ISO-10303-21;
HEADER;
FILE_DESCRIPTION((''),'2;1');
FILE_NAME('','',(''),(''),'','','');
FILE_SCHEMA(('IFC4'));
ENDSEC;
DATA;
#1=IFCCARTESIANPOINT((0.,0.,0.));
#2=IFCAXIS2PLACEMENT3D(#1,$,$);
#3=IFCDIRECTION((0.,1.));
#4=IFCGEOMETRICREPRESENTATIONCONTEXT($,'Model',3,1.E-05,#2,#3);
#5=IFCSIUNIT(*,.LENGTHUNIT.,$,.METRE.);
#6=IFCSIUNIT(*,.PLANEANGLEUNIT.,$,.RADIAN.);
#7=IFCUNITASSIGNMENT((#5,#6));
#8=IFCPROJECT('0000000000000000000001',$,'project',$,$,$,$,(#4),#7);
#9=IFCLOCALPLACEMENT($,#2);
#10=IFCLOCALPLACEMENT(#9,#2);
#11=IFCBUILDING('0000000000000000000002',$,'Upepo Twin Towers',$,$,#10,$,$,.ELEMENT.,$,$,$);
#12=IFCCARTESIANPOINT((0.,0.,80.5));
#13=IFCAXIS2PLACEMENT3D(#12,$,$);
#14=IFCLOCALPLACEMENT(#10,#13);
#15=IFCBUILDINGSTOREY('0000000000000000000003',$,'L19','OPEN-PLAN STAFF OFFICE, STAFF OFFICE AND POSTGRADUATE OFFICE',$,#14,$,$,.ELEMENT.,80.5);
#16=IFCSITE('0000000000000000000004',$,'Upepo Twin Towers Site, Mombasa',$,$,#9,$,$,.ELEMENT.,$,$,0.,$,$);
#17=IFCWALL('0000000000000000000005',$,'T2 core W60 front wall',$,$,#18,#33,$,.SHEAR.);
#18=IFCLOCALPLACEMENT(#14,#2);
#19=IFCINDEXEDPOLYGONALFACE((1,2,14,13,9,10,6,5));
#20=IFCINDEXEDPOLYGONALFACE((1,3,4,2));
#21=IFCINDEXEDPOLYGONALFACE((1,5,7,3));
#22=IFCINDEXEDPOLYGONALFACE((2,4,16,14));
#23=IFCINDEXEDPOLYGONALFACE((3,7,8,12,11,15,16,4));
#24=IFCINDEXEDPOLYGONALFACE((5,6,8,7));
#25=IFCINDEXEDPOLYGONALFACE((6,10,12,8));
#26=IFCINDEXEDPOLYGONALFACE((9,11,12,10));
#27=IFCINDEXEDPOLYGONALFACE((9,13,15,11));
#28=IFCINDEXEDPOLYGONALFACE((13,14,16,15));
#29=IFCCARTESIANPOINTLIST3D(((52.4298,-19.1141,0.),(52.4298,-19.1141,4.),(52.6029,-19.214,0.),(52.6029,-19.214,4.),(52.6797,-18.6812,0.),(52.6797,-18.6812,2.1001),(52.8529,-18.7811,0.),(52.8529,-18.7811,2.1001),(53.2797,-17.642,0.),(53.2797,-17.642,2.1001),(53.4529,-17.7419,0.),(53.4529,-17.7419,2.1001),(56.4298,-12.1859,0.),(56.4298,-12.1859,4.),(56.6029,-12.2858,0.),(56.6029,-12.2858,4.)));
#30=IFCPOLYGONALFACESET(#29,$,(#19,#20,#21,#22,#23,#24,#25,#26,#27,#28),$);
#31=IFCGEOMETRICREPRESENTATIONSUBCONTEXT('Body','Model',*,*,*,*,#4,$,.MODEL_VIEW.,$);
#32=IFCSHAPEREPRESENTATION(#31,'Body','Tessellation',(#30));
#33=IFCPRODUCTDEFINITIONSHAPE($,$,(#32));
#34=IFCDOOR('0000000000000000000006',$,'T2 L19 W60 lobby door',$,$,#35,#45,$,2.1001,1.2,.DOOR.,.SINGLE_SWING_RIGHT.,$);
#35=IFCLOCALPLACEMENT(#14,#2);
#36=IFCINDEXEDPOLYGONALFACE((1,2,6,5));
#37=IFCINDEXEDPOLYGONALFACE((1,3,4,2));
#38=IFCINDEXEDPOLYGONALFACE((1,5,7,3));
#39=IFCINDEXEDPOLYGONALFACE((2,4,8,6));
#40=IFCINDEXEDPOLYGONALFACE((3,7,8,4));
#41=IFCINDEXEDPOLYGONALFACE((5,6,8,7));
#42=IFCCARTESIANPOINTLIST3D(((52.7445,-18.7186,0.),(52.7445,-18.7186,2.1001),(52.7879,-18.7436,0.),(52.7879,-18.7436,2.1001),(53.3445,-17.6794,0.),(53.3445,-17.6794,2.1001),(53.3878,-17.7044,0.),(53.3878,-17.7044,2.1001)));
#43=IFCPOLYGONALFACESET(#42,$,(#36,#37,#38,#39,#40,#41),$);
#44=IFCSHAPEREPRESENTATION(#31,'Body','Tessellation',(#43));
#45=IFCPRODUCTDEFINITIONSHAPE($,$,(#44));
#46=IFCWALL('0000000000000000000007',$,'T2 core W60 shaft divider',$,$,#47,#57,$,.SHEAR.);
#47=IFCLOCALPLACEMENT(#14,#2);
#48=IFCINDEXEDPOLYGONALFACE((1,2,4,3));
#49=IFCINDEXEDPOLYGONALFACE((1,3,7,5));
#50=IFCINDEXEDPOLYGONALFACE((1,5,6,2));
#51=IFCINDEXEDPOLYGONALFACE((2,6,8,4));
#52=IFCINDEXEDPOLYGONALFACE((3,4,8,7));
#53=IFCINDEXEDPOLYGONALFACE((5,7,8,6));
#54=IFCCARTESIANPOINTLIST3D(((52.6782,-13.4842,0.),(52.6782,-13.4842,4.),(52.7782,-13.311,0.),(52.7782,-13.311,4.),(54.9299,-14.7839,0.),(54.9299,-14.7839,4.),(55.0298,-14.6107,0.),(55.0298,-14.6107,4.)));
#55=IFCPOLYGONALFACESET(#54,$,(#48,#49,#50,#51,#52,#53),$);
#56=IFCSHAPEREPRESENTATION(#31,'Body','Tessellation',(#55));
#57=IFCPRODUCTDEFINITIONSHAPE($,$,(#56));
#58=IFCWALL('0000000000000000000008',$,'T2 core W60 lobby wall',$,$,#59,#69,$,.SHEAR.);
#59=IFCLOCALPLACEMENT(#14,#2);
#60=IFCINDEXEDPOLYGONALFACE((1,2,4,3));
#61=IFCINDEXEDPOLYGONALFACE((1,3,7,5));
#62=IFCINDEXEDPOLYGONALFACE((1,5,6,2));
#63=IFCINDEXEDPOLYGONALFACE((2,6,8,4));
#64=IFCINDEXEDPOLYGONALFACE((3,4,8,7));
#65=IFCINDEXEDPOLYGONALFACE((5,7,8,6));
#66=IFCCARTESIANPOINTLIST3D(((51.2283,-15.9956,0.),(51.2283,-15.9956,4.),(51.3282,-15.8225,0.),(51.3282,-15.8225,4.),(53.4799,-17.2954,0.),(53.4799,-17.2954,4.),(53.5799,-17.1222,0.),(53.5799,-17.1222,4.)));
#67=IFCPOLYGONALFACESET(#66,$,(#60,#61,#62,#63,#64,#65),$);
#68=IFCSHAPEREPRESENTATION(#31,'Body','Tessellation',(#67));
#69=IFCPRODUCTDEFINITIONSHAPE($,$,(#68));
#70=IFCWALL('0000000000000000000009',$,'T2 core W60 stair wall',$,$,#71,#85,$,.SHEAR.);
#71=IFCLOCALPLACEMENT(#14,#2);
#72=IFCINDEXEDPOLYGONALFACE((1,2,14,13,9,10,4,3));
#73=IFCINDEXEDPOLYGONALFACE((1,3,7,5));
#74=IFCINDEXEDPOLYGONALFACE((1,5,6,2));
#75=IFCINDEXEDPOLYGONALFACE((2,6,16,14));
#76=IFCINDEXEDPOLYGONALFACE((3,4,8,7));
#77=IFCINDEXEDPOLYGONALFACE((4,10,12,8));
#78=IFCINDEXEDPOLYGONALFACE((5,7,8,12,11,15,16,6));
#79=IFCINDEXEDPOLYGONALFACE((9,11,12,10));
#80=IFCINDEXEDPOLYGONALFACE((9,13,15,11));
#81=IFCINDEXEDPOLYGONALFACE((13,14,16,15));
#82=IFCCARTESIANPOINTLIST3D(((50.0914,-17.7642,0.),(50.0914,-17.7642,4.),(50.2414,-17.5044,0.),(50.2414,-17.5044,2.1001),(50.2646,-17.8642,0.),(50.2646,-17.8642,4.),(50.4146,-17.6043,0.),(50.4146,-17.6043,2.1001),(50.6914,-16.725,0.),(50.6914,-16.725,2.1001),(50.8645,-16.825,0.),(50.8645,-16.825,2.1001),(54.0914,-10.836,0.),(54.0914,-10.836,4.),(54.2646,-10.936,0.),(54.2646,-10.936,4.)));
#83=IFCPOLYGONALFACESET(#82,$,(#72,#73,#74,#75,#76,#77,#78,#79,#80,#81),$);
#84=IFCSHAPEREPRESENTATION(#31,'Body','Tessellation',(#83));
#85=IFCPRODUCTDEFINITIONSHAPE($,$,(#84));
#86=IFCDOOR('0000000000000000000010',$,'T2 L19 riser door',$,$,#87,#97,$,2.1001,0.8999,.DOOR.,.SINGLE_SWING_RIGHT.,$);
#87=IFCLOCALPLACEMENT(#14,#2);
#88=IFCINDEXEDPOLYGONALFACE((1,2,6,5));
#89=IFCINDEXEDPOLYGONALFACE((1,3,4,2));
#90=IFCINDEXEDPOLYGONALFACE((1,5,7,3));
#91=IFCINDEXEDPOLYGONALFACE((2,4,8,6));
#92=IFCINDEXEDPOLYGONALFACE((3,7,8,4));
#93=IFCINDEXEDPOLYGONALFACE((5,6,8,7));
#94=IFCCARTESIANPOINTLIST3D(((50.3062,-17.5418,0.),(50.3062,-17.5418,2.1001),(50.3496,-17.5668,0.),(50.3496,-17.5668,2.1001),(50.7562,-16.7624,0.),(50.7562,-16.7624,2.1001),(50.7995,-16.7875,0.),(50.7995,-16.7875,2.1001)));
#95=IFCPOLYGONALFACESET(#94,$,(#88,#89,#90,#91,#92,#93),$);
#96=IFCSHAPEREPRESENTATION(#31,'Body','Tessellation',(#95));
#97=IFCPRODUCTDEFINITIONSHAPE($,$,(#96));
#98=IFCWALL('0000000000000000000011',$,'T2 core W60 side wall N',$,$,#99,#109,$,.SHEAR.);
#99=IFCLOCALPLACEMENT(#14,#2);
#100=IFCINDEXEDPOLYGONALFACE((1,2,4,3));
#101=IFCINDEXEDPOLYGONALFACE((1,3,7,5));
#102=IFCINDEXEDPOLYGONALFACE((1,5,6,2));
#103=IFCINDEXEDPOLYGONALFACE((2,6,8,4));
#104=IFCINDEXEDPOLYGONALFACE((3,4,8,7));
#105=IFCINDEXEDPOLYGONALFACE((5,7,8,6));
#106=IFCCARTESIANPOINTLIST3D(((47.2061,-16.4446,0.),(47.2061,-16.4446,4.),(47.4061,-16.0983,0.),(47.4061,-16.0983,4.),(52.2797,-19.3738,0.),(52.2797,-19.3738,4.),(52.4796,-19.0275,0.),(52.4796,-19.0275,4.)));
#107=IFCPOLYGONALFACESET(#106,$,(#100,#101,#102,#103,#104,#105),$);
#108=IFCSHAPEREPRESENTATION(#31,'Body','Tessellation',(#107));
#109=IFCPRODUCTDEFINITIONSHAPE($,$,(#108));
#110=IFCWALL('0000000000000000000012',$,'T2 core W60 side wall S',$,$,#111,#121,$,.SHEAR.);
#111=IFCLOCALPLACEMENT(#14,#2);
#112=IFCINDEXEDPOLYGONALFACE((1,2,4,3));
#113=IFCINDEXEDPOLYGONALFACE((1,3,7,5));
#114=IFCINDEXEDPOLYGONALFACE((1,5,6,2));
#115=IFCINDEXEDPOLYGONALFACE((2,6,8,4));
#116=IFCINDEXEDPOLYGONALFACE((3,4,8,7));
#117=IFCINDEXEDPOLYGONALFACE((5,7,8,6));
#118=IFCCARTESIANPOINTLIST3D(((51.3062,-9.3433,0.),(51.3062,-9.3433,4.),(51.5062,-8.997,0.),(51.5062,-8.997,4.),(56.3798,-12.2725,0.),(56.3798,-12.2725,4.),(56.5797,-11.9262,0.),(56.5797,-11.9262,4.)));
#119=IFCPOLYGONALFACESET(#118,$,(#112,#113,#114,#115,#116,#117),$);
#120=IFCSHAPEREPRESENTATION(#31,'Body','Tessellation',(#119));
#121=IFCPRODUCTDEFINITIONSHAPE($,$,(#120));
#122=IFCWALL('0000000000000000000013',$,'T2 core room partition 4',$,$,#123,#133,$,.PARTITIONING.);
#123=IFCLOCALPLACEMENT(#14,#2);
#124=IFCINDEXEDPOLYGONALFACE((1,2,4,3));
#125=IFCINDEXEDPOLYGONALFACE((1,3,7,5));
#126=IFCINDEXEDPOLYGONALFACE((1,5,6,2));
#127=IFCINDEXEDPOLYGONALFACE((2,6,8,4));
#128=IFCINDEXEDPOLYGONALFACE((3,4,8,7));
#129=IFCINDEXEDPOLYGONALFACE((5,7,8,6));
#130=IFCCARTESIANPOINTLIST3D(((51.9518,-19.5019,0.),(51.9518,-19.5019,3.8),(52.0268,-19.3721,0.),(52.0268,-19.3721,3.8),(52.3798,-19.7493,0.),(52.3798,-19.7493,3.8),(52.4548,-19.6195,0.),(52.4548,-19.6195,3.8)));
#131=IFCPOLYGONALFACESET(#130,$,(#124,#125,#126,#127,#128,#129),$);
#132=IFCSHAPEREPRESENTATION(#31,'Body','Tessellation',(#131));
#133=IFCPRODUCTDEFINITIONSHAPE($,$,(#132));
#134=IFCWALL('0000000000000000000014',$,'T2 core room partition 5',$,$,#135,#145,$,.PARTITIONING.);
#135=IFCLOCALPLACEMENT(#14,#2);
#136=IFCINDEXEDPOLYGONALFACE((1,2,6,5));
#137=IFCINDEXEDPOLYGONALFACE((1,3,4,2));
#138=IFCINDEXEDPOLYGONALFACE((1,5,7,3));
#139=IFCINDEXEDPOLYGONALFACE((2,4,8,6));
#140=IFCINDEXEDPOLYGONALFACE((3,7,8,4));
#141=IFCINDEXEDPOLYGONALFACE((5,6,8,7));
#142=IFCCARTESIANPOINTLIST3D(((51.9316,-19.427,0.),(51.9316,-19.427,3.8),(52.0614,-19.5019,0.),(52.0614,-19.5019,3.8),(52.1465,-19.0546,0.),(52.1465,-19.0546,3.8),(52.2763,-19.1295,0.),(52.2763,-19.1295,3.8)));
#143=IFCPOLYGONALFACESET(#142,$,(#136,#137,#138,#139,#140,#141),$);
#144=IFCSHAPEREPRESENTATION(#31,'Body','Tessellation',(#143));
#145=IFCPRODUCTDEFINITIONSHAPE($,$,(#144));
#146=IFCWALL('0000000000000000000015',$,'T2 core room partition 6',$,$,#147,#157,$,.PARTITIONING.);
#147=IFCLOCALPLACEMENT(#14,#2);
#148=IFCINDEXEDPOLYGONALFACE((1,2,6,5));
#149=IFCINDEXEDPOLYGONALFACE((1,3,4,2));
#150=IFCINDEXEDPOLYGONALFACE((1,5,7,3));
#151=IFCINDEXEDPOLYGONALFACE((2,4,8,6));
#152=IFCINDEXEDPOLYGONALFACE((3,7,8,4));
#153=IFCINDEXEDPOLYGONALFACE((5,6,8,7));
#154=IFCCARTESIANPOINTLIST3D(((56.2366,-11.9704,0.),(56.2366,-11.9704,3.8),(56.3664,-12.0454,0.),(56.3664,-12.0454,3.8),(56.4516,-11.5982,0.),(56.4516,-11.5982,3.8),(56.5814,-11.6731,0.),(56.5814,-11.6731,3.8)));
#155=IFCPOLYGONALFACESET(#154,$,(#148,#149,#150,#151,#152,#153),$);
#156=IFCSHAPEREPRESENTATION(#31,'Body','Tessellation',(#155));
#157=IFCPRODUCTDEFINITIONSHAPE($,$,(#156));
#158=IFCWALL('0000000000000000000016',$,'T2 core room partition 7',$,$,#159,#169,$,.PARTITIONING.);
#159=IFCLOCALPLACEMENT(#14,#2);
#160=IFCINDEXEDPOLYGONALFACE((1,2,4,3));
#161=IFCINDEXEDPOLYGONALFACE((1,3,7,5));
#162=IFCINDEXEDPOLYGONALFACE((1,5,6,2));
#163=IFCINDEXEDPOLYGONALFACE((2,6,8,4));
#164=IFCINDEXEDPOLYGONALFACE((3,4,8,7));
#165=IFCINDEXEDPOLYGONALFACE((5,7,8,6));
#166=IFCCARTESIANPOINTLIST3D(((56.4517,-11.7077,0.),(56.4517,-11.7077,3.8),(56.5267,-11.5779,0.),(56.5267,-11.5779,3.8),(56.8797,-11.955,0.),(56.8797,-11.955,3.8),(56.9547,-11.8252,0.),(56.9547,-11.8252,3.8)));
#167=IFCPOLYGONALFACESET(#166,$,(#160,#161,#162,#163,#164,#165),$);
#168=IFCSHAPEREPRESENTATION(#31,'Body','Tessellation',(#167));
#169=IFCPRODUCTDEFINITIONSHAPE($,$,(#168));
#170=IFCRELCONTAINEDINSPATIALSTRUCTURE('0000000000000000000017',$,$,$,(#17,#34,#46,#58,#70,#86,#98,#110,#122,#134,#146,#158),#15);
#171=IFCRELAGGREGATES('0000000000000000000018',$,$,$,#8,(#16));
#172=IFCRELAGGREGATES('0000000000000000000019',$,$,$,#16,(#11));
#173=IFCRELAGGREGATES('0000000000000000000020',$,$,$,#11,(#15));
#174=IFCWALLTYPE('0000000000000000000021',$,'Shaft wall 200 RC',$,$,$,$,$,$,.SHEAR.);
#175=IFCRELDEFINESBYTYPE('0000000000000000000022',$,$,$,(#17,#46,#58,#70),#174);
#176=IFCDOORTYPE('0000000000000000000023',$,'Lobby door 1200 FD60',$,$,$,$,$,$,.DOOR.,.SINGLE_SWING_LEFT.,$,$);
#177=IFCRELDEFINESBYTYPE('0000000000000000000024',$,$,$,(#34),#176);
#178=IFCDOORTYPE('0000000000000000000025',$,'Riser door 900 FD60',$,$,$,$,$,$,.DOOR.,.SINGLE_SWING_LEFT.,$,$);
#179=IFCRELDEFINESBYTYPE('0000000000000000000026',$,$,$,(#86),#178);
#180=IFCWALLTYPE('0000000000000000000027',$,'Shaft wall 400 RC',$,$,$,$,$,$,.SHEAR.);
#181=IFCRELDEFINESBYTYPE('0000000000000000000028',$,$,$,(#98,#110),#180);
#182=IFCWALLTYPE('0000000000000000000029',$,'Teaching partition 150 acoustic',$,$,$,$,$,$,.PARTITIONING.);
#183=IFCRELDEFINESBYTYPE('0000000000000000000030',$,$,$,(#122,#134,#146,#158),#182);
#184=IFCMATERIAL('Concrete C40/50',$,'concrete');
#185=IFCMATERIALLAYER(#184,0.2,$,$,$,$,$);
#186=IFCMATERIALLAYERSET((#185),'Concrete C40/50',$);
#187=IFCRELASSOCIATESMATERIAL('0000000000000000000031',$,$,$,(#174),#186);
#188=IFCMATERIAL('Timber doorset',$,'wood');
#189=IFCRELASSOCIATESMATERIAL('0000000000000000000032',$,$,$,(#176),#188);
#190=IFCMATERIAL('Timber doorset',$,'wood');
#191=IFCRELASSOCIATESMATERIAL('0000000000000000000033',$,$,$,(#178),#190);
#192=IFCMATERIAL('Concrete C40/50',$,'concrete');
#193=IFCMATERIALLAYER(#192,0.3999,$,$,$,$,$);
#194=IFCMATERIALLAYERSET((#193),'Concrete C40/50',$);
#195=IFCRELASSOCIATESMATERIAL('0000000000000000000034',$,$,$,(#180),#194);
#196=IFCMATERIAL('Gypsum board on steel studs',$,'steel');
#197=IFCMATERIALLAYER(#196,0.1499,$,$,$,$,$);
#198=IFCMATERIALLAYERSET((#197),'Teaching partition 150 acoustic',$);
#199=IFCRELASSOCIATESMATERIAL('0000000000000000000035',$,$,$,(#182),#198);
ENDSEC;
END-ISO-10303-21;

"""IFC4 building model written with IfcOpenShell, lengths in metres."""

from ifc_helpers import new_model, si_unit, direction, frame, frame_2d, origin, place, context, subcontext, project, spatial, rectangle, extrude, material, layer, layer_set, type_object, element, fill, save


model = new_model("IFC4")

# Units and contexts
model_context = context("Model", 3, precision=1e-05, world=origin(), true_north=direction((0.0, 1.0)))
body_context = subcontext(model_context, "Body", "Model", "MODEL_VIEW")
ifc_project = project(units=[si_unit("LENGTHUNIT", "METRE"), si_unit("PLANEANGLEUNIT", "RADIAN")], contexts=[model_context])

# Site, building, storey
site_placement = place(None, origin())
site = spatial("IfcSite", under=ifc_project, at=site_placement, Name="Upepo Twin Towers Site, Mombasa", CompositionType="ELEMENT", RefElevation=0.0)
building_placement = place(site_placement, origin())
building = spatial("IfcBuilding", under=site, at=building_placement, Name="Upepo Twin Towers", CompositionType="ELEMENT")
storey_placement = place(building_placement, frame((0.0, 0.0, 80.5)))
storey = spatial("IfcBuildingStorey", under=building, at=storey_placement, Name="L19", Description="OPEN-PLAN STAFF OFFICE, STAFF OFFICE AND POSTGRADUATE OFFICE", CompositionType="ELEMENT", Elevation=80.5)

# Wall, opening, door
ifc_material_1 = material(Name="Concrete C40/50", Category="concrete")
ifc_layer_1 = layer(ifc_material_1, 0.2)
ifc_layer_set_1 = layer_set([ifc_layer_1], Name="Concrete C40/50")
wall_type_1 = type_object("IfcWallType", Name="Shaft wall 200 RC", PredefinedType="SHEAR", material=ifc_layer_set_1)
wall_1_placement = place(storey_placement, frame((56.5164, -12.2358, 0.0), z_axis=(0.0, 0.0, 1.0), x_axis=(-0.499999, -0.866026, 0.0)))
wall_1 = element("IfcWall", 1, at=wall_1_placement, inside=storey, type_object=wall_type_1, Name="T2 core W60 front wall", PredefinedType="SHEAR", context=body_context, shape_type="SweptSolid", body=[
    extrude(rectangle(XDim=8.0, YDim=0.2, at=frame_2d((4.0, 0.0))), origin(), (0.0, 0.0, 1.0), 4.0),
])
opening_1_placement = place(wall_1_placement, frame((6.3, 0.0, 0.0)))
opening_1 = element("IfcOpeningElement", 2, at=opening_1_placement, cuts=wall_1, PredefinedType="OPENING", context=body_context, shape_type="SweptSolid", body=[
    extrude(rectangle(XDim=1.2, YDim=2.1001, at=frame_2d((0.6001, 1.05))), frame((0.0, 0.1099, 0.0), z_axis=(0.0, -1.0, 0.0), x_axis=(1.0, 0.0, 0.0)), (0.0, 0.0, 1.0), 0.22),
])
ifc_material_2 = material(Name="Timber doorset", Category="wood")
door_type_1 = type_object("IfcDoorType", Name="Lobby door 1200 FD60", OperationType="SINGLE_SWING_LEFT", PredefinedType="DOOR", material=ifc_material_2)
door_1_placement = place(opening_1_placement, origin())
door_1 = element("IfcDoor", 3, at=door_1_placement, inside=storey, type_object=door_type_1, Name="T2 L19 W60 lobby door", OperationType="SINGLE_SWING_RIGHT", OverallHeight=2.1001, OverallWidth=1.2, PredefinedType="DOOR", context=body_context, shape_type="SweptSolid", body=[
    extrude(rectangle(XDim=1.2, YDim=2.1001, at=frame_2d((0.6001, 1.05))), frame((0.0, 0.0249, 0.0), z_axis=(0.0, -1.0, 0.0), x_axis=(1.0, 0.0, 0.0)), (0.0, 0.0, 1.0), 0.05),
])
fill(opening_1, door_1)

# Walls
for number, where, z_axis, x_axis, name in (
    (4, (54.9797, -14.6973, 0.0), (0.0, 0.0, 1.0), (-0.866062, 0.499937, 0.0), "T2 core W60 shaft divider"),
    (5, (53.5298, -17.2087, 0.0), (0.0, 0.0, 1.0), (-0.866062, 0.499937, 0.0), "T2 core W60 lobby wall"),
):
    element("IfcWall", number, at=place(storey_placement, frame(where, z_axis=z_axis, x_axis=x_axis)), inside=storey, type_object=wall_type_1, Name=name, PredefinedType="SHEAR", context=body_context, shape_type="SweptSolid", body=[
        extrude(rectangle(XDim=2.5999, YDim=0.2, at=frame_2d((1.2998, 0.0))), origin(), (0.0, 0.0, 1.0), 4.0),
    ])

# Wall, opening, door
wall_2_placement = place(storey_placement, frame((54.178, -10.886, 0.0), z_axis=(0.0, 0.0, 1.0), x_axis=(-0.499999, -0.866026, 0.0)))
wall_2 = element("IfcWall", 6, at=wall_2_placement, inside=storey, type_object=wall_type_1, Name="T2 core W60 stair wall", PredefinedType="SHEAR", context=body_context, shape_type="SweptSolid", body=[
    extrude(rectangle(XDim=8.0, YDim=0.2, at=frame_2d((4.0, 0.0))), origin(), (0.0, 0.0, 1.0), 4.0),
])
opening_2_placement = place(wall_2_placement, frame((6.8, 0.0, 0.0)))
opening_2 = element("IfcOpeningElement", 7, at=opening_2_placement, cuts=wall_2, PredefinedType="OPENING", context=body_context, shape_type="SweptSolid", body=[
    extrude(rectangle(XDim=0.8999, YDim=2.1001, at=frame_2d((0.45, 1.05))), frame((0.0, 0.1099, 0.0), z_axis=(0.0, -1.0, 0.0), x_axis=(1.0, 0.0, 0.0)), (0.0, 0.0, 1.0), 0.22),
])
ifc_material_3 = material(Name="Timber doorset", Category="wood")
door_type_2 = type_object("IfcDoorType", Name="Riser door 900 FD60", OperationType="SINGLE_SWING_LEFT", PredefinedType="DOOR", material=ifc_material_3)
door_2_placement = place(opening_2_placement, origin())
door_2 = element("IfcDoor", 8, at=door_2_placement, inside=storey, type_object=door_type_2, Name="T2 L19 riser door", OperationType="SINGLE_SWING_RIGHT", OverallHeight=2.1001, OverallWidth=0.8999, PredefinedType="DOOR", context=body_context, shape_type="SweptSolid", body=[
    extrude(rectangle(XDim=0.8999, YDim=2.1001, at=frame_2d((0.45, 1.05))), frame((0.0, 0.0249, 0.0), z_axis=(0.0, -1.0, 0.0), x_axis=(1.0, 0.0, 0.0)), (0.0, 0.0, 1.0), 0.05),
])
fill(opening_2, door_2)

# Walls
ifc_material_4 = material(Name="Concrete C40/50", Category="concrete")
ifc_layer_2 = layer(ifc_material_4, 0.3999)
ifc_layer_set_2 = layer_set([ifc_layer_2], Name="Concrete C40/50")
wall_type_2 = type_object("IfcWallType", Name="Shaft wall 400 RC", PredefinedType="SHEAR", material=ifc_layer_set_2)
for number, where, z_axis, x_axis, name in (
    (9, (52.3796, -19.2007, 0.0), (0.0, 0.0, 1.0), (-0.866024, 0.500003, 0.0), "T2 core W60 side wall N"),
    (10, (56.4797, -12.0994, 0.0), (0.0, 0.0, 1.0), (-0.866024, 0.500003, 0.0), "T2 core W60 side wall S"),
):
    element("IfcWall", number, at=place(storey_placement, frame(where, z_axis=z_axis, x_axis=x_axis)), inside=storey, type_object=wall_type_2, Name=name, PredefinedType="SHEAR", context=body_context, shape_type="SweptSolid", body=[
        extrude(rectangle(XDim=5.8584, YDim=0.3999, at=frame_2d((2.9292, 0.0))), origin(), (0.0, 0.0, 1.0), 4.0),
    ])
ifc_material_5 = material(Name="Gypsum board on steel studs", Category="steel")
ifc_layer_3 = layer(ifc_material_5, 0.1499)
ifc_layer_set_3 = layer_set([ifc_layer_3], Name="Teaching partition 150 acoustic")
wall_type_3 = type_object("IfcWallType", Name="Teaching partition 150 acoustic", PredefinedType="PARTITIONING", material=ifc_layer_set_3)
wall_3_placement = place(storey_placement, frame((52.4172, -19.6843, 0.0), z_axis=(0.0, 0.0, 1.0), x_axis=(-0.865832, 0.500335, 0.0)))
element("IfcWall", 11, at=wall_3_placement, inside=storey, type_object=wall_type_3, Name="T2 core room partition 4", PredefinedType="PARTITIONING", context=body_context, shape_type="SweptSolid", body=[
    extrude(rectangle(XDim=0.4944, YDim=0.1499, at=frame_2d((0.2471, 0.0))), origin(), (0.0, 0.0, 1.0), 3.8),
])
for number, where, z_axis, x_axis, name in (
    (12, (51.9966, -19.4644, 0.0), (0.0, 0.0, 1.0), (0.499804, 0.866138, 0.0), "T2 core room partition 5"),
    (13, (56.3015, -12.0078, 0.0), (0.0, 0.0, 1.0), (0.50023, 0.865892, 0.0), "T2 core room partition 6"),
):
    element("IfcWall", number, at=place(storey_placement, frame(where, z_axis=z_axis, x_axis=x_axis)), inside=storey, type_object=wall_type_3, Name=name, PredefinedType="PARTITIONING", context=body_context, shape_type="SweptSolid", body=[
        extrude(rectangle(XDim=0.4299, YDim=0.1499, at=frame_2d((0.2148, 0.0))), origin(), (0.0, 0.0, 1.0), 3.8),
    ])
wall_4_placement = place(storey_placement, frame((56.4893, -11.6428, 0.0), z_axis=(0.0, 0.0, 1.0), x_axis=(0.865832, -0.500335, 0.0)))
element("IfcWall", 14, at=wall_4_placement, inside=storey, type_object=wall_type_3, Name="T2 core room partition 7", PredefinedType="PARTITIONING", context=body_context, shape_type="SweptSolid", body=[
    extrude(rectangle(XDim=0.4944, YDim=0.1499, at=frame_2d((0.2471, 0.0))), origin(), (0.0, 0.0, 1.0), 3.8),
])

save(model, "model.ifc")
